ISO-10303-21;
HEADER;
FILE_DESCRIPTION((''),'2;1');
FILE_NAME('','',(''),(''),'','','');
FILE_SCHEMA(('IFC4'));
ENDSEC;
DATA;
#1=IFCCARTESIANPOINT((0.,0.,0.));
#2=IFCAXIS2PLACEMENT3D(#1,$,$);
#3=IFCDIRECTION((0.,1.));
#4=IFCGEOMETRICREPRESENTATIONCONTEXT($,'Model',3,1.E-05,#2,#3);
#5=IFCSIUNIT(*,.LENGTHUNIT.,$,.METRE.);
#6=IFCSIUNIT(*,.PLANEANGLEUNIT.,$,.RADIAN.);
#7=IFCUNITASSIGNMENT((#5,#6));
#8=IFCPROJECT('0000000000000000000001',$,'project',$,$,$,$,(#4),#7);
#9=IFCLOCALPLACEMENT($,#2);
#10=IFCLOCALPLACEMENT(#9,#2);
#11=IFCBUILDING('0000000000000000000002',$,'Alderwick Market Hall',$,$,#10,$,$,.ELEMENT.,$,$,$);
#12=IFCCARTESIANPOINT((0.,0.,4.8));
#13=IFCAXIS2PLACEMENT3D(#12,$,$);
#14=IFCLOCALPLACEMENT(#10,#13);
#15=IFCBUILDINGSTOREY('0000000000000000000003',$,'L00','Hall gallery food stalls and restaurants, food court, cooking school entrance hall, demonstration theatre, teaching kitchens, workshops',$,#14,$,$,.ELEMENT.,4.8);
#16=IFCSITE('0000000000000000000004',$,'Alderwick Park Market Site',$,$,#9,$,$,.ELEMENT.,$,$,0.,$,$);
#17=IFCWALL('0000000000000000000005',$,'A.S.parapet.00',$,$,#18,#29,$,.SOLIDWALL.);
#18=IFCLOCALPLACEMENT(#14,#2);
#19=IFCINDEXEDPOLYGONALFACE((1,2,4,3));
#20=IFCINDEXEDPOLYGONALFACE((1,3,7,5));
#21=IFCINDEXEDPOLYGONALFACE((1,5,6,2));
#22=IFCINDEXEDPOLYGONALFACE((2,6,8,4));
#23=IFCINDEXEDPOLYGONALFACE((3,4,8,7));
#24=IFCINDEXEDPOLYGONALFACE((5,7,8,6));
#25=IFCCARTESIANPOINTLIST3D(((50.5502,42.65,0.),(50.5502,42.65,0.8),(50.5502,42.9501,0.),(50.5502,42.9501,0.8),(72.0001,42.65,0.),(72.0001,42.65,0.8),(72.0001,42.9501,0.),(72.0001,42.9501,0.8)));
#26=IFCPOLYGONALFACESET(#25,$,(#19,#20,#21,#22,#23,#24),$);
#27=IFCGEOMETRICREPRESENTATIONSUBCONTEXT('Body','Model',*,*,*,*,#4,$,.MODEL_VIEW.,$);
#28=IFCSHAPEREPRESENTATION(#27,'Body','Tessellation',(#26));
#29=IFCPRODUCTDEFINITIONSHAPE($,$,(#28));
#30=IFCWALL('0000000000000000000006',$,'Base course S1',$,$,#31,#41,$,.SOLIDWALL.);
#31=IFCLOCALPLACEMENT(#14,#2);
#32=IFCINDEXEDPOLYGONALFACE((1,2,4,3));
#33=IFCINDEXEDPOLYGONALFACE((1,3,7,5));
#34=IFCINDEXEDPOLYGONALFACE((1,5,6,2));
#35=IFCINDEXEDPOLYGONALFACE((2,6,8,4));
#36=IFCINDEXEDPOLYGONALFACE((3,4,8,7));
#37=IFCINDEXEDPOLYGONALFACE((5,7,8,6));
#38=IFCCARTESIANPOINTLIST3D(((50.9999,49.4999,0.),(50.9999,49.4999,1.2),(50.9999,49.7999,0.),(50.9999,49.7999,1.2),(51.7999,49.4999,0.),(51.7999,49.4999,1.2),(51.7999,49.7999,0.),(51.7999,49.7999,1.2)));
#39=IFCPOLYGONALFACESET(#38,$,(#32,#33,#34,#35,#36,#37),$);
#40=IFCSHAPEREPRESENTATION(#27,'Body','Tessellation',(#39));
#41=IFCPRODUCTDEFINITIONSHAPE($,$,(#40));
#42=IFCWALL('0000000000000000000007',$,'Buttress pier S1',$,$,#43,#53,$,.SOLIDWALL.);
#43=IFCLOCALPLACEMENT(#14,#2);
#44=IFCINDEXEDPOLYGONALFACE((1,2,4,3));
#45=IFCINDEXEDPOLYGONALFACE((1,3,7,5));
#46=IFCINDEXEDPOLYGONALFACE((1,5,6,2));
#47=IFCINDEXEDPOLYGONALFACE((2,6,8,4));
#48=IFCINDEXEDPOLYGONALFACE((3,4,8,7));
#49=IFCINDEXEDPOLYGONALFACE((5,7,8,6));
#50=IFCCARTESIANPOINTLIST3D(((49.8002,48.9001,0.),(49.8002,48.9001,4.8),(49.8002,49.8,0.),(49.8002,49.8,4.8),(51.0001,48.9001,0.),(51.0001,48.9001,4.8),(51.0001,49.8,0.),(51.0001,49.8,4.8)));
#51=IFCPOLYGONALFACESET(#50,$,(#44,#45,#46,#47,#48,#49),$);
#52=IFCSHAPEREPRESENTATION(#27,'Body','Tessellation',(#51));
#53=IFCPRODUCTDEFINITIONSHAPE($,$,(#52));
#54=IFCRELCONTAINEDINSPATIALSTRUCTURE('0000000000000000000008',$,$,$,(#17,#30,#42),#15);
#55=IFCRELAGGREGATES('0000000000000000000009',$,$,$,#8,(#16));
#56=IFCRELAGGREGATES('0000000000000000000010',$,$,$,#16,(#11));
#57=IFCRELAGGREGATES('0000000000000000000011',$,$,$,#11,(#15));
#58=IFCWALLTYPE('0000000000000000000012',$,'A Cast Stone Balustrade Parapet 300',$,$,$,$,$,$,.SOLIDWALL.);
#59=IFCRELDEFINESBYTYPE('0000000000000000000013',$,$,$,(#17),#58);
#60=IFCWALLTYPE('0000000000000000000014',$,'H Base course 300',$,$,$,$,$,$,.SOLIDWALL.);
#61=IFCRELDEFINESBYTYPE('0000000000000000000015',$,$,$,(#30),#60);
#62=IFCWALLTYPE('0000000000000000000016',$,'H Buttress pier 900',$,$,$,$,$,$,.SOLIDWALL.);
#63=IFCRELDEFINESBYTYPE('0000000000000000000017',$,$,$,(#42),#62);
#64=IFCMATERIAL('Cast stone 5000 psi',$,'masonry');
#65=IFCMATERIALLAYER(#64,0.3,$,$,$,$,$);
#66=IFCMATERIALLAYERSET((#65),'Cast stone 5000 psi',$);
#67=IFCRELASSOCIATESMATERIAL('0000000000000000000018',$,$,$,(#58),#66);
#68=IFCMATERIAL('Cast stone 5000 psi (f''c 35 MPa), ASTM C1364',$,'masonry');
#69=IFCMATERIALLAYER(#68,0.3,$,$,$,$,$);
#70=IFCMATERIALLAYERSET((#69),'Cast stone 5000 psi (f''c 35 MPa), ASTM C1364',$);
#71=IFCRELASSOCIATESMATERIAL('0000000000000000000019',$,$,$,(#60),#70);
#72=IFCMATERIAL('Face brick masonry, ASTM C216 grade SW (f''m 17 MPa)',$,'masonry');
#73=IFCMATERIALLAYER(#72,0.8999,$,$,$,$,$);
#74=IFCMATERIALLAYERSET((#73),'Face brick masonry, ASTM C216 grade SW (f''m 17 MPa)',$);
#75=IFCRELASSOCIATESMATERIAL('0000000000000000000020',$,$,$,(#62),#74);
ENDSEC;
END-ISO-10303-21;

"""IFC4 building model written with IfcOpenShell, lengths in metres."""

from ifc_helpers import new_model, si_unit, direction, frame, frame_2d, origin, place, context, subcontext, project, spatial, rectangle, extrude, material, layer, layer_set, type_object, element, save


model = new_model("IFC4")

# Units and contexts
model_context = context("Model", 3, precision=1e-05, world=origin(), true_north=direction((0.0, 1.0)))
body_context = subcontext(model_context, "Body", "Model", "MODEL_VIEW")
ifc_project = project(units=[si_unit("LENGTHUNIT", "METRE"), si_unit("PLANEANGLEUNIT", "RADIAN")], contexts=[model_context])

# Site, building, storey
site_placement = place(None, origin())
site = spatial("IfcSite", under=ifc_project, at=site_placement, Name="Alderwick Park Market Site", CompositionType="ELEMENT", RefElevation=0.0)
building_placement = place(site_placement, origin())
building = spatial("IfcBuilding", under=site, at=building_placement, Name="Alderwick Market Hall", CompositionType="ELEMENT")
storey_placement = place(building_placement, frame((0.0, 0.0, 4.8)))
storey = spatial("IfcBuildingStorey", under=building, at=storey_placement, Name="L00", Description="Hall gallery food stalls and restaurants, food court, cooking school entrance hall, demonstration theatre, teaching kitchens, workshops", CompositionType="ELEMENT", Elevation=4.8)

# Walls
ifc_material_1 = material(Name="Cast stone 5000 psi", Category="masonry")
ifc_layer_1 = layer(ifc_material_1, 0.3)
ifc_layer_set_1 = layer_set([ifc_layer_1], Name="Cast stone 5000 psi")
wall_type_1 = type_object("IfcWallType", Name="A Cast Stone Balustrade Parapet 300", PredefinedType="SOLIDWALL", material=ifc_layer_set_1)
wall_1_placement = place(storey_placement, frame((50.55, 42.8, 0.0), z_axis=(0.0, 0.0, 1.0), x_axis=(1.0, 0.0, 0.0)))
element("IfcWall", 1, at=wall_1_placement, inside=storey, type_object=wall_type_1, Name="A.S.parapet.00", PredefinedType="SOLIDWALL", context=body_context, shape_type="SweptSolid", body=[
    extrude(rectangle(XDim=21.45, YDim=0.3, at=frame_2d((10.7251, 0.0))), origin(), (0.0, 0.0, 1.0), 0.8),
])
ifc_material_2 = material(Name="Cast stone 5000 psi (f'c 35 MPa), ASTM C1364", Category="masonry")
ifc_layer_2 = layer(ifc_material_2, 0.3)
ifc_layer_set_2 = layer_set([ifc_layer_2], Name="Cast stone 5000 psi (f'c 35 MPa), ASTM C1364")
wall_type_2 = type_object("IfcWallType", Name="H Base course 300", PredefinedType="SOLIDWALL", material=ifc_layer_set_2)
wall_2_placement = place(storey_placement, frame((51.0, 49.6499, 0.0), z_axis=(0.0, 0.0, 1.0), x_axis=(1.0, 0.0, 0.0)))
element("IfcWall", 2, at=wall_2_placement, inside=storey, type_object=wall_type_2, Name="Base course S1", PredefinedType="SOLIDWALL", context=body_context, shape_type="SweptSolid", body=[
    extrude(rectangle(XDim=0.8, YDim=0.3, at=frame_2d((0.3999, 0.0))), origin(), (0.0, 0.0, 1.0), 1.2),
])
ifc_material_3 = material(Name="Face brick masonry, ASTM C216 grade SW (f'm 17 MPa)", Category="masonry")
ifc_layer_3 = layer(ifc_material_3, 0.8999)
ifc_layer_set_3 = layer_set([ifc_layer_3], Name="Face brick masonry, ASTM C216 grade SW (f'm 17 MPa)")
wall_type_3 = type_object("IfcWallType", Name="H Buttress pier 900", PredefinedType="SOLIDWALL", material=ifc_layer_set_3)
wall_3_placement = place(storey_placement, frame((49.8, 49.3501, 0.0), z_axis=(0.0, 0.0, 1.0), x_axis=(1.0, 0.0, 0.0)))
element("IfcWall", 3, at=wall_3_placement, inside=storey, type_object=wall_type_3, Name="Buttress pier S1", PredefinedType="SOLIDWALL", context=body_context, shape_type="SweptSolid", body=[
    extrude(rectangle(XDim=1.2, YDim=0.8999, at=frame_2d((0.6001, 0.0))), origin(), (0.0, 0.0, 1.0), 4.8),
])

save(model, "model.ifc")
